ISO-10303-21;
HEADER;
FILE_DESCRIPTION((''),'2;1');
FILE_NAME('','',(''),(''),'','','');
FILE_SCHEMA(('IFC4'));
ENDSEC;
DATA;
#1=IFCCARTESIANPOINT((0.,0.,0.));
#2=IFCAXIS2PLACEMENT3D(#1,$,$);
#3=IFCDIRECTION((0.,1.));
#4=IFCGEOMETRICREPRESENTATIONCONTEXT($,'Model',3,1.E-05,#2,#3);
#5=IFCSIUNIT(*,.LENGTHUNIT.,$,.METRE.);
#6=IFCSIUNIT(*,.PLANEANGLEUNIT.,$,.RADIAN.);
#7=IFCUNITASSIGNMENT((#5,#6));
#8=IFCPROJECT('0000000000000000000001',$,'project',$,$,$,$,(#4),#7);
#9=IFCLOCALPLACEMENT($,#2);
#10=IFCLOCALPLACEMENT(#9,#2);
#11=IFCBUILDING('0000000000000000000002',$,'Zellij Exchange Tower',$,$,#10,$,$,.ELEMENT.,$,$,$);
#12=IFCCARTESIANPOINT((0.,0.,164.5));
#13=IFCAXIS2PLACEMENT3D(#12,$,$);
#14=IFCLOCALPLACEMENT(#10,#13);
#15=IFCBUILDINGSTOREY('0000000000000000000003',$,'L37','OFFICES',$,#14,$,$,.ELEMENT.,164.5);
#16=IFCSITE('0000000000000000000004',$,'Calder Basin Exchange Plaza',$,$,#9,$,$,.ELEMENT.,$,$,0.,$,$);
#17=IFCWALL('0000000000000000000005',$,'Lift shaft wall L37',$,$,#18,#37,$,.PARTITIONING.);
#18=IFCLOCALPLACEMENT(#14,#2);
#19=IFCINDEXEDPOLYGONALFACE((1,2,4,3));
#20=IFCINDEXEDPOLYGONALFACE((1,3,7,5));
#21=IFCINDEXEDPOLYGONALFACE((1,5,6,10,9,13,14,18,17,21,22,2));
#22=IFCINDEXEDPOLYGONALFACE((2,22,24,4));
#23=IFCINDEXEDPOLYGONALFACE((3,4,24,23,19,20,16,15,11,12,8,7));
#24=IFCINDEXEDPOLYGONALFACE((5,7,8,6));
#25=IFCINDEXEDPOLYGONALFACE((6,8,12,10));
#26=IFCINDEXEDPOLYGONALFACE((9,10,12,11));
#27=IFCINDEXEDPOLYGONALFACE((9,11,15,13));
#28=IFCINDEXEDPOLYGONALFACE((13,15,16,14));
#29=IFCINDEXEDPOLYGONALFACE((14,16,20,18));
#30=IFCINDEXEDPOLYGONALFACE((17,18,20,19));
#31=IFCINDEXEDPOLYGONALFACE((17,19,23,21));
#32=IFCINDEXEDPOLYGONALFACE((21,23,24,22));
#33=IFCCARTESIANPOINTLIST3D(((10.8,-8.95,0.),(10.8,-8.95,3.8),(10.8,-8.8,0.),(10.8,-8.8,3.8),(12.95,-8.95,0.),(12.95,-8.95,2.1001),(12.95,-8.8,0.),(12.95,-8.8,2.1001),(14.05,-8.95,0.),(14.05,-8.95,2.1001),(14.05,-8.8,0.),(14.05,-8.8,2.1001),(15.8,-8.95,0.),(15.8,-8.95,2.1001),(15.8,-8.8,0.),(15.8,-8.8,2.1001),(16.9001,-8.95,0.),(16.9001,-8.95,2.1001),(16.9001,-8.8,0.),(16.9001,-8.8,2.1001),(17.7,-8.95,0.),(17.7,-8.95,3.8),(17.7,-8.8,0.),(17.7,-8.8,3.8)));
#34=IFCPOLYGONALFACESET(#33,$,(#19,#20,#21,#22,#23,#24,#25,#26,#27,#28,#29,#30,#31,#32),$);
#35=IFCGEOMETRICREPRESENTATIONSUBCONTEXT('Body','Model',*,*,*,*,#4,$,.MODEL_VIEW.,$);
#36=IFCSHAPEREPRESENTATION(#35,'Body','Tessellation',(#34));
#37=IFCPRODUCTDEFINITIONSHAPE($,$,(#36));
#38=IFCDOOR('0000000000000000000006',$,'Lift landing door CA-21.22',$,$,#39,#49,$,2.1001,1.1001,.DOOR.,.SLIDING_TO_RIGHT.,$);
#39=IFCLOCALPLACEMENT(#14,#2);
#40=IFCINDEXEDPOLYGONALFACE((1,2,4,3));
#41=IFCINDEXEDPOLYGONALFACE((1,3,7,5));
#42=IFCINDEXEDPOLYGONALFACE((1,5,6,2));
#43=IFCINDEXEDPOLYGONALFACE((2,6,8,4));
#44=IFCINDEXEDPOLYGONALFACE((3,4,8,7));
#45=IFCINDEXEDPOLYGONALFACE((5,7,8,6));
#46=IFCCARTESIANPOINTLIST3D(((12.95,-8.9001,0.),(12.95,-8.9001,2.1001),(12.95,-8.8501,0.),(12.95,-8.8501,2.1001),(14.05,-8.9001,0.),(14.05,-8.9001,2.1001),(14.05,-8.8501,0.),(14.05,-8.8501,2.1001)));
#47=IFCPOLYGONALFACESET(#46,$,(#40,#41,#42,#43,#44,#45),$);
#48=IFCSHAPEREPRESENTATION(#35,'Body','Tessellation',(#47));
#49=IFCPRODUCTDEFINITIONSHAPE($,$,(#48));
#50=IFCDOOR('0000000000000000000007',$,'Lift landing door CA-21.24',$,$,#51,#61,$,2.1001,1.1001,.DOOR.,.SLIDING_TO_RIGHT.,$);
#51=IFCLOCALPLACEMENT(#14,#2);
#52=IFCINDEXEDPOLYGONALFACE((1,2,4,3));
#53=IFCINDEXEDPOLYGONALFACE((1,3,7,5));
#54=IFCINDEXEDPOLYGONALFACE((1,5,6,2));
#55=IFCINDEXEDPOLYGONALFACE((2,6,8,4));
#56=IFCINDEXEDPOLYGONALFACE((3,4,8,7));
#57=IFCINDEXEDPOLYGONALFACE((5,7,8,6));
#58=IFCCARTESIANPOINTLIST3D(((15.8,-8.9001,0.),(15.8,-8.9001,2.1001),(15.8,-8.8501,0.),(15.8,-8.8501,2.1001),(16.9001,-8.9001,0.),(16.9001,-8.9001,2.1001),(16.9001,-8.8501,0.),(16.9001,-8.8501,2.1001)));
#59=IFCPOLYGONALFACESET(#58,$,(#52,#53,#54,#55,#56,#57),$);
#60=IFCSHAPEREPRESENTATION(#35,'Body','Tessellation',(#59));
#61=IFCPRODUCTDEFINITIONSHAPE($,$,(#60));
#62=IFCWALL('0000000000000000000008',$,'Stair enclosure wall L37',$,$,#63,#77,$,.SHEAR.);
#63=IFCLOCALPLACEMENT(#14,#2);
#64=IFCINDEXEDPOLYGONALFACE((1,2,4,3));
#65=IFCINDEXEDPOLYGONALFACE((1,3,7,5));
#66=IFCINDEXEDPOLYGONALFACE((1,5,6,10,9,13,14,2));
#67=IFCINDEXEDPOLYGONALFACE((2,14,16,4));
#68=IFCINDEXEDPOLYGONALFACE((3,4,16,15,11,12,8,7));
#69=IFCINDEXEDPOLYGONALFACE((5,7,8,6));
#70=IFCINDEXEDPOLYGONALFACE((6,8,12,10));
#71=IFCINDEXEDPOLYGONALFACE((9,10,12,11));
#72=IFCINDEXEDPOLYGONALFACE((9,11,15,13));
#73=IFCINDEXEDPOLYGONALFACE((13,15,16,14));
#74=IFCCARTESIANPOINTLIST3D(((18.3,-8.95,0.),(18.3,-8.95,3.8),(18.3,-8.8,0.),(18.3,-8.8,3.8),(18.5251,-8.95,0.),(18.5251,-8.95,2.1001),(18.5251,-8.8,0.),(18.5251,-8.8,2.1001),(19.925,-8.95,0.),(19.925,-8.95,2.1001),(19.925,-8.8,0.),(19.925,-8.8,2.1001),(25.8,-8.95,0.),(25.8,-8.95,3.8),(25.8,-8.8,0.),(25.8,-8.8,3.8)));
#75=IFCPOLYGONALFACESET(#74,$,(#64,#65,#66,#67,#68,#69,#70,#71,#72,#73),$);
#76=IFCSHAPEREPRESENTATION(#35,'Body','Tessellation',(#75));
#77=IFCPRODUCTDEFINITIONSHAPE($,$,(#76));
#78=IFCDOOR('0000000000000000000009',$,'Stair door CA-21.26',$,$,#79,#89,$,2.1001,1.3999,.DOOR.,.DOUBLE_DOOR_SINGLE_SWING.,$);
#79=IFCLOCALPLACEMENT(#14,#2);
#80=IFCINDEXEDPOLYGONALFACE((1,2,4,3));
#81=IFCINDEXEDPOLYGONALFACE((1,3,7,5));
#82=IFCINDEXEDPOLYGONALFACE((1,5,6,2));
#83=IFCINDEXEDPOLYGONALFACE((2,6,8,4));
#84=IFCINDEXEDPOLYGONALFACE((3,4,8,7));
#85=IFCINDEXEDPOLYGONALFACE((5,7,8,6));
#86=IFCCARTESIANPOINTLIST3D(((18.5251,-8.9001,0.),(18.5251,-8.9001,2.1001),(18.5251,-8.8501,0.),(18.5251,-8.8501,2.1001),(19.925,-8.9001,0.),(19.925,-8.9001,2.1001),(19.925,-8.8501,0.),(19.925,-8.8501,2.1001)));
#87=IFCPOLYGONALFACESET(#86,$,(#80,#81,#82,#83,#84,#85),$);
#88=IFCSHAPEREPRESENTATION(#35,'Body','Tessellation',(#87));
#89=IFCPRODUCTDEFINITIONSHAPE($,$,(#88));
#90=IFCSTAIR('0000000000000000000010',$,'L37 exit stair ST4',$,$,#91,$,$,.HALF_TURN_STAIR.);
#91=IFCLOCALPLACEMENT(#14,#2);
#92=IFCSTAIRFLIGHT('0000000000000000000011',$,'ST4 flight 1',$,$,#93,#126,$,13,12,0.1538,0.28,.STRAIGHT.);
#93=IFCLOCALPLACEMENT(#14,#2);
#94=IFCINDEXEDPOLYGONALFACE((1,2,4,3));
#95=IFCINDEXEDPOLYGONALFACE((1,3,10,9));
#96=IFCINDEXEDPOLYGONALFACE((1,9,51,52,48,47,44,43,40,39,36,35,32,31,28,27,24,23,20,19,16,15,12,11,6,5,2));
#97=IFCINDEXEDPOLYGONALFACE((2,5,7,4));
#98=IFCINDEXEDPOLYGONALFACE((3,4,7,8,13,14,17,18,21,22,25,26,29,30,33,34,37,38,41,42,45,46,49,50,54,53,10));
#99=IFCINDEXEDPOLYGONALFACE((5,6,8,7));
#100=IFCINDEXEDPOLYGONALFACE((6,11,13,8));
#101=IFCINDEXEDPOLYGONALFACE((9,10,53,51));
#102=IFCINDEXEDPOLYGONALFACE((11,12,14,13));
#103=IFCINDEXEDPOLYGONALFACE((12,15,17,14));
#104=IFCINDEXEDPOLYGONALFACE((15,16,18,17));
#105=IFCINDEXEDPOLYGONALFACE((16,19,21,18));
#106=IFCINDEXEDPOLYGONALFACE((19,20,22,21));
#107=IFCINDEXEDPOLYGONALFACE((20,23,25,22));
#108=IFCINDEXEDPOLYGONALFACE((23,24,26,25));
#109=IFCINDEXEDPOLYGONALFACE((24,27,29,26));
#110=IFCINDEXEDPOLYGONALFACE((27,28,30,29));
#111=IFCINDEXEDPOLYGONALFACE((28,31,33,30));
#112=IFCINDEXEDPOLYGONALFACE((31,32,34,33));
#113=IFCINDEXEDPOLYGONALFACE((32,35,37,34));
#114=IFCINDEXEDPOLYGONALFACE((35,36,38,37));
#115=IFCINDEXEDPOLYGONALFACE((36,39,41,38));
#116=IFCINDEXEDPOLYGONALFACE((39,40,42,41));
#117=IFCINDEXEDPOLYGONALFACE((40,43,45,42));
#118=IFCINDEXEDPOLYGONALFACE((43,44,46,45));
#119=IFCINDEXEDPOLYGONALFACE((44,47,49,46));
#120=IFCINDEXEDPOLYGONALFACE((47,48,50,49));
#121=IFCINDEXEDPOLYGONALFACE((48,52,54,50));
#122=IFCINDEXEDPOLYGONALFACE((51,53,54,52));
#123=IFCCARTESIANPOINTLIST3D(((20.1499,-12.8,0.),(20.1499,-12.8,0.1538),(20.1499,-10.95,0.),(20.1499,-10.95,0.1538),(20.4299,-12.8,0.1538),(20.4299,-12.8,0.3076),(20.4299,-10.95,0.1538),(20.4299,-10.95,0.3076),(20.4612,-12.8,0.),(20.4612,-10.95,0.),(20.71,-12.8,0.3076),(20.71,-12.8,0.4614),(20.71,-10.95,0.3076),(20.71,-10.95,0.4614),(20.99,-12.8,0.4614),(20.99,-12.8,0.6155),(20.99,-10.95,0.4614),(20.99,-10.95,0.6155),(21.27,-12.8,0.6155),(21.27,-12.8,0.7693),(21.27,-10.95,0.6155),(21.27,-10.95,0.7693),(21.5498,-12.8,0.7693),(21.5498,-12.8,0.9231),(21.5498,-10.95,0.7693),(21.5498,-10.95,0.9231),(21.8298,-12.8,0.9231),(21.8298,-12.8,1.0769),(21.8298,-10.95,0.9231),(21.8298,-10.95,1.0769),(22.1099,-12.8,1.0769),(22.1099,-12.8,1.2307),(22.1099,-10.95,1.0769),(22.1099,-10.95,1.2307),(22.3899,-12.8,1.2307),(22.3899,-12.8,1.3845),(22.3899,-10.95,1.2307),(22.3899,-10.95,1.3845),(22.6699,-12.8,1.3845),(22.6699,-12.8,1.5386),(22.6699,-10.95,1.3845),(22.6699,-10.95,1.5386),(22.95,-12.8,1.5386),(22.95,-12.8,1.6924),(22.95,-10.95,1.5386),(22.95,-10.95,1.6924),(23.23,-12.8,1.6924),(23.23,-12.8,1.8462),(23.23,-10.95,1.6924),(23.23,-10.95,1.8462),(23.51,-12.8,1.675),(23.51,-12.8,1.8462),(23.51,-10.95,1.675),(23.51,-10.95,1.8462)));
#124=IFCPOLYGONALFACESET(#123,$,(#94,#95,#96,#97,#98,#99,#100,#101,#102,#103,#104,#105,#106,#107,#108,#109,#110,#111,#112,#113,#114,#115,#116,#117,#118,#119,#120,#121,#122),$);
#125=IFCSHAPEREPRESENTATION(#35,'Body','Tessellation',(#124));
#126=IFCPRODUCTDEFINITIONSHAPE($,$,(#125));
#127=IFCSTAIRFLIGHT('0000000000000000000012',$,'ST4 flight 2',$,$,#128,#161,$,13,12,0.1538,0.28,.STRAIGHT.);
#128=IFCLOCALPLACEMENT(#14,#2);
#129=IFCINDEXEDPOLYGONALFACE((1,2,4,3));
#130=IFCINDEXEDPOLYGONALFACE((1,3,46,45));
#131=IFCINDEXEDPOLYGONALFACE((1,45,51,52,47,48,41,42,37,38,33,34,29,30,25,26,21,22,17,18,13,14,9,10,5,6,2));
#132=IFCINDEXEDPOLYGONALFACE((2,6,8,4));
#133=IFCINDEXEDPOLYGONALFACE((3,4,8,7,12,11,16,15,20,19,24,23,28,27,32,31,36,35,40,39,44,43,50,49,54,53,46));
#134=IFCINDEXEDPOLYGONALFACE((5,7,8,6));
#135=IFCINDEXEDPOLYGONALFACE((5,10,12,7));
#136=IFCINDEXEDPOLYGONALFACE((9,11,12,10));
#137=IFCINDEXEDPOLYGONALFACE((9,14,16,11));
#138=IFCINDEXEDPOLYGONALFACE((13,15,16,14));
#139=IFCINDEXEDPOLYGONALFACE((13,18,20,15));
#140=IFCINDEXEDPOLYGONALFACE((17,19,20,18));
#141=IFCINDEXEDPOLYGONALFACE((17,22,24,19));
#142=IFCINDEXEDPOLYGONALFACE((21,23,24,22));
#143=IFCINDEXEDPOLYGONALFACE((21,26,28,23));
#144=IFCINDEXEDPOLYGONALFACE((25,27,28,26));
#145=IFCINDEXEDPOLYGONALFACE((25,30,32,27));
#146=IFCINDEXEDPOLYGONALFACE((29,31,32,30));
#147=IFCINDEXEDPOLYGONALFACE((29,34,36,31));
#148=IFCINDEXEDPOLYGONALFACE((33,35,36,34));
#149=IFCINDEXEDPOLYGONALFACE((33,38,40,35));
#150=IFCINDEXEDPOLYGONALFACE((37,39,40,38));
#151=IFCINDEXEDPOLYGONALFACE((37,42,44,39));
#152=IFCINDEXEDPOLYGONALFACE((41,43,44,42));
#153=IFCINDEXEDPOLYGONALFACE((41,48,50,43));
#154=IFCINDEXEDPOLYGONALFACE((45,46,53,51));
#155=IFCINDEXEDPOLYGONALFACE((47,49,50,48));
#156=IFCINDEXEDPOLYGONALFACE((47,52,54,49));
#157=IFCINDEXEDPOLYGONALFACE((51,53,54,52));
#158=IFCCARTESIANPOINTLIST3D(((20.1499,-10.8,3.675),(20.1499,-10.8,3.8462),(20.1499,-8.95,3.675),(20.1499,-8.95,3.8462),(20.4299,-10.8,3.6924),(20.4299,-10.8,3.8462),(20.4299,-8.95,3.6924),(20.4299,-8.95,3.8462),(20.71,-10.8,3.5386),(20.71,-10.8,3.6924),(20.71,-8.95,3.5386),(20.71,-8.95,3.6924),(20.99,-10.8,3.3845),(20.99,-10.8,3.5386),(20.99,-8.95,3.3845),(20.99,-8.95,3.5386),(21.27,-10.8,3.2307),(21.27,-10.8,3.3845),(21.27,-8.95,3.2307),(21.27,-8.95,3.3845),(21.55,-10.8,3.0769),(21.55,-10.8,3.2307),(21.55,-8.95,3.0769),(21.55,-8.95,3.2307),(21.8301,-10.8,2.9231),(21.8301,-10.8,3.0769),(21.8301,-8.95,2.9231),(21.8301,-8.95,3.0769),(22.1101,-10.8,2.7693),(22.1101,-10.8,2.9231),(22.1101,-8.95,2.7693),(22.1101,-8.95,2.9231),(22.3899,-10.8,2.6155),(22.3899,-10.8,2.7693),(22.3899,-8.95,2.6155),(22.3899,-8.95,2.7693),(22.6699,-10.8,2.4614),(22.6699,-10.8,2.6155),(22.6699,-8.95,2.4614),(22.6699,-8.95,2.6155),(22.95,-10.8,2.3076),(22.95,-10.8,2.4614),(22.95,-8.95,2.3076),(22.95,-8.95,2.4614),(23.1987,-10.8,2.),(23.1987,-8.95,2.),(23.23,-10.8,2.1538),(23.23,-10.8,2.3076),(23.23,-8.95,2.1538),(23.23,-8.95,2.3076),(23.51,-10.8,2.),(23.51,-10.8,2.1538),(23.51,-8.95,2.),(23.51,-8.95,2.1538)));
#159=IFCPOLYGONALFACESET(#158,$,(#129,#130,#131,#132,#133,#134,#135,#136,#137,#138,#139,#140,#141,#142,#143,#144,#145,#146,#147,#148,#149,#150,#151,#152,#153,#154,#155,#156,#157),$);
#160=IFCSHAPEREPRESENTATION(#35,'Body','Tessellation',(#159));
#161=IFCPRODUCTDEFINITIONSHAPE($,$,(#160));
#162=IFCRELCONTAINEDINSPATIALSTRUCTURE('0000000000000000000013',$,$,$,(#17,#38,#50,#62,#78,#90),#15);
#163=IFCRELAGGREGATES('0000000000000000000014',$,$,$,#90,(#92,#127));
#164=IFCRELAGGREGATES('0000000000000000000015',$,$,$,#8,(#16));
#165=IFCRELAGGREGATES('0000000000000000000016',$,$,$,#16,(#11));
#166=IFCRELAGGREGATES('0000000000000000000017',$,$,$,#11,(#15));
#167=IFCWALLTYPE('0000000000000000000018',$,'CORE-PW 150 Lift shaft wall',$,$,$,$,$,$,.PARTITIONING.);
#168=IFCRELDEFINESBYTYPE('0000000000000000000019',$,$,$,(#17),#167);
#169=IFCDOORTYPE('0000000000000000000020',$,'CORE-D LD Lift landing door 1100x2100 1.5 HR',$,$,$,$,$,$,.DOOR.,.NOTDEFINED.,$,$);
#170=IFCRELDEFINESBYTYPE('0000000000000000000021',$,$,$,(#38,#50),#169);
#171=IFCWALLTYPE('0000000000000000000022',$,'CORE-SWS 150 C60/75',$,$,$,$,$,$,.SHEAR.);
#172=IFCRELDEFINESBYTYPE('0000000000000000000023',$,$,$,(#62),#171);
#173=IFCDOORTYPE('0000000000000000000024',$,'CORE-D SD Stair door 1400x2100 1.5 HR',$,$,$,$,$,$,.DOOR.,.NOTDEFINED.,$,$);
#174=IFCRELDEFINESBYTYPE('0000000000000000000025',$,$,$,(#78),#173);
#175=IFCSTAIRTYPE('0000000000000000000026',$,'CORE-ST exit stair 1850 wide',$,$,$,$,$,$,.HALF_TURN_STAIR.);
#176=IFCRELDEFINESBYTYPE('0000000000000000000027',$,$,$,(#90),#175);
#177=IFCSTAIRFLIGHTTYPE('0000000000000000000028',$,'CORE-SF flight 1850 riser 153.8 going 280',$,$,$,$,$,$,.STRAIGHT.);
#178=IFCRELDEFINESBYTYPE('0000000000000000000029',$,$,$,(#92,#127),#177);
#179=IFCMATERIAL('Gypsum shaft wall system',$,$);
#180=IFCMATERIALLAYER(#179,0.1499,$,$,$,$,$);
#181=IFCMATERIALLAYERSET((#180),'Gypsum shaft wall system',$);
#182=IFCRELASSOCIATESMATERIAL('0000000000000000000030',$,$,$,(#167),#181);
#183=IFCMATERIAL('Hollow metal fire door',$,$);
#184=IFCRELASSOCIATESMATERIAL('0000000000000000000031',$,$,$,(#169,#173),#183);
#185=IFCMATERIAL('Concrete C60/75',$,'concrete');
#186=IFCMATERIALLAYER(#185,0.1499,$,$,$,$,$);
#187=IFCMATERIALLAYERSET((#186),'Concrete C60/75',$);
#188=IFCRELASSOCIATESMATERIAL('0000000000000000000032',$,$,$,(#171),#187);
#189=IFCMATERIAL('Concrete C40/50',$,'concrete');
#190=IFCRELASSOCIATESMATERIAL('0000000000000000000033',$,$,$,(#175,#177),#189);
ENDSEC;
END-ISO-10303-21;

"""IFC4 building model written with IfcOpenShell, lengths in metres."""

from ifc_helpers import new_model, si_unit, direction, frame, frame_2d, origin, place, context, subcontext, project, spatial, polyline, rectangle, outline, extrude, material, layer, layer_set, type_object, element, fill, aggregate, save


model = new_model("IFC4")

# Units and contexts
model_context = context("Model", 3, precision=1e-05, world=origin(), true_north=direction((0.0, 1.0)))
body_context = subcontext(model_context, "Body", "Model", "MODEL_VIEW")
ifc_project = project(units=[si_unit("LENGTHUNIT", "METRE"), si_unit("PLANEANGLEUNIT", "RADIAN")], contexts=[model_context])

# Site, building, storey
site_placement = place(None, origin())
site = spatial("IfcSite", under=ifc_project, at=site_placement, Name="Calder Basin Exchange Plaza", CompositionType="ELEMENT", RefElevation=0.0)
building_placement = place(site_placement, origin())
building = spatial("IfcBuilding", under=site, at=building_placement, Name="Zellij Exchange Tower", CompositionType="ELEMENT")
storey_placement = place(building_placement, frame((0.0, 0.0, 164.5)))
storey = spatial("IfcBuildingStorey", under=building, at=storey_placement, Name="L37", Description="OFFICES", CompositionType="ELEMENT", Elevation=164.5)

# Shared definitions
ifc_material_1 = material(Name="Concrete C60/75", Category="concrete")
ifc_material_2 = material(Name="Gypsum shaft wall system")
ifc_layer_1 = layer(ifc_material_2, 0.1499)
ifc_layer_set_1 = layer_set([ifc_layer_1], Name="Gypsum shaft wall system")
wall_type_1 = type_object("IfcWallType", Name="CORE-PW 150 Lift shaft wall", PredefinedType="PARTITIONING", material=ifc_layer_set_1)

# Wall, openings, doors
ifc_material_3 = material(Name="Hollow metal fire door")
door_type_1 = type_object("IfcDoorType", Name="CORE-D LD Lift landing door 1100x2100 1.5 HR", OperationType="NOTDEFINED", PredefinedType="DOOR", material=ifc_material_3)
wall_1_placement = place(storey_placement, frame((10.8, -8.875, 0.0), z_axis=(0.0, 0.0, 1.0), x_axis=(1.0, 0.0, 0.0)))
wall_1 = element("IfcWall", 1, at=wall_1_placement, inside=storey, type_object=wall_type_1, Name="Lift shaft wall L37", PredefinedType="PARTITIONING", context=body_context, shape_type="SweptSolid", body=[
    extrude(rectangle(XDim=6.8999, YDim=0.1499, at=frame_2d((3.45, 0.0))), origin(), (0.0, 0.0, 1.0), 3.8),
])
opening_1_placement = place(wall_1_placement, frame((2.1499, 0.0, 0.0)))
opening_1 = element("IfcOpeningElement", 2, at=opening_1_placement, cuts=wall_1, PredefinedType="OPENING", context=body_context, shape_type="SweptSolid", body=[
    extrude(rectangle(XDim=1.1001, YDim=2.1001, at=frame_2d((0.55, 1.05))), frame((0.0, 0.0869, 0.0), z_axis=(0.0, -1.0, 0.0), x_axis=(1.0, 0.0, 0.0)), (0.0, 0.0, 1.0), 0.1738),
])
opening_2_placement = place(wall_1_placement, frame((5.0, 0.0, 0.0)))
opening_2 = element("IfcOpeningElement", 3, at=opening_2_placement, cuts=wall_1, PredefinedType="OPENING", context=body_context, shape_type="SweptSolid", body=[
    extrude(rectangle(XDim=1.1001, YDim=2.1001, at=frame_2d((0.55, 1.05))), frame((0.0, 0.0869, 0.0), z_axis=(0.0, -1.0, 0.0), x_axis=(1.0, 0.0, 0.0)), (0.0, 0.0, 1.0), 0.1738),
])
door_1_placement = place(opening_1_placement, origin())
door_1 = element("IfcDoor", 4, at=door_1_placement, inside=storey, type_object=door_type_1, Name="Lift landing door CA-21.22", OperationType="SLIDING_TO_RIGHT", OverallHeight=2.1001, OverallWidth=1.1001, PredefinedType="DOOR", context=body_context, shape_type="SweptSolid", body=[
    extrude(rectangle(XDim=1.1001, YDim=2.1001, at=frame_2d((0.55, 1.05))), frame((0.0, 0.0249, 0.0), z_axis=(0.0, -1.0, 0.0), x_axis=(1.0, 0.0, 0.0)), (0.0, 0.0, 1.0), 0.05),
])
fill(opening_1, door_1)
door_2_placement = place(opening_2_placement, origin())
door_2 = element("IfcDoor", 5, at=door_2_placement, inside=storey, type_object=door_type_1, Name="Lift landing door CA-21.24", OperationType="SLIDING_TO_RIGHT", OverallHeight=2.1001, OverallWidth=1.1001, PredefinedType="DOOR", context=body_context, shape_type="SweptSolid", body=[
    extrude(rectangle(XDim=1.1001, YDim=2.1001, at=frame_2d((0.55, 1.05))), frame((0.0, 0.0249, 0.0), z_axis=(0.0, -1.0, 0.0), x_axis=(1.0, 0.0, 0.0)), (0.0, 0.0, 1.0), 0.05),
])
fill(opening_2, door_2)

# Wall, opening, door
ifc_layer_2 = layer(ifc_material_1, 0.1499)
ifc_layer_set_2 = layer_set([ifc_layer_2], Name="Concrete C60/75")
wall_type_2 = type_object("IfcWallType", Name="CORE-SWS 150 C60/75", PredefinedType="SHEAR", material=ifc_layer_set_2)
wall_2_placement = place(storey_placement, frame((18.3, -8.875, 0.0), z_axis=(0.0, 0.0, 1.0), x_axis=(1.0, 0.0, 0.0)))
wall_2 = element("IfcWall", 6, at=wall_2_placement, inside=storey, type_object=wall_type_2, Name="Stair enclosure wall L37", PredefinedType="SHEAR", context=body_context, shape_type="SweptSolid", body=[
    extrude(rectangle(XDim=7.5, YDim=0.1499, at=frame_2d((3.75, 0.0))), origin(), (0.0, 0.0, 1.0), 3.8),
])
opening_3_placement = place(wall_2_placement, frame((0.2251, 0.0, 0.0)))
opening_3 = element("IfcOpeningElement", 7, at=opening_3_placement, cuts=wall_2, PredefinedType="OPENING", context=body_context, shape_type="SweptSolid", body=[
    extrude(rectangle(XDim=1.3999, YDim=2.1001, at=frame_2d((0.7, 1.05))), frame((0.0, 0.0869, 0.0), z_axis=(0.0, -1.0, 0.0), x_axis=(1.0, 0.0, 0.0)), (0.0, 0.0, 1.0), 0.1738),
])
door_type_2 = type_object("IfcDoorType", Name="CORE-D SD Stair door 1400x2100 1.5 HR", OperationType="NOTDEFINED", PredefinedType="DOOR", material=ifc_material_3)
door_3_placement = place(opening_3_placement, origin())
door_3 = element("IfcDoor", 8, at=door_3_placement, inside=storey, type_object=door_type_2, Name="Stair door CA-21.26", OperationType="DOUBLE_DOOR_SINGLE_SWING", OverallHeight=2.1001, OverallWidth=1.3999, PredefinedType="DOOR", context=body_context, shape_type="SweptSolid", body=[
    extrude(rectangle(XDim=1.3999, YDim=2.1001, at=frame_2d((0.7, 1.05))), frame((0.0, 0.0249, 0.0), z_axis=(0.0, -1.0, 0.0), x_axis=(1.0, 0.0, 0.0)), (0.0, 0.0, 1.0), 0.05),
])
fill(opening_3, door_3)

# Stair, stair flights
ifc_material_4 = material(Name="Concrete C40/50", Category="concrete")
stair_type = type_object("IfcStairType", Name="CORE-ST exit stair 1850 wide", PredefinedType="HALF_TURN_STAIR", material=ifc_material_4)
stair_placement = place(storey_placement, origin())
stair = element("IfcStair", 9, at=stair_placement, inside=storey, type_object=stair_type, Name="L37 exit stair ST4", PredefinedType="HALF_TURN_STAIR")
stair_flight_type = type_object("IfcStairFlightType", Name="CORE-SF flight 1850 riser 153.8 going 280", PredefinedType="STRAIGHT", material=ifc_material_4)
stair_flight_1_placement = place(storey_placement, frame((20.1499, -11.875, 0.0), z_axis=(0.0, 0.0, 1.0), x_axis=(1.0, 0.0, 0.0)))
stair_flight_1 = element("IfcStairFlight", 10, at=stair_flight_1_placement, type_object=stair_flight_type, Name="ST4 flight 1", NumberOfRisers=13, NumberOfTreads=12, PredefinedType="STRAIGHT", RiserHeight=0.1538, TreadLength=0.28, context=body_context, shape_type="SweptSolid", body=[
    extrude(outline(polyline([(0.0, 0.0), (0.0, 0.1538), (0.28, 0.1538), (0.28, 0.3076), (0.5601, 0.3076), (0.5601, 0.4614), (0.8401, 0.4614), (0.8401, 0.6155), (1.1201, 0.6155), (1.1201, 0.7693), (1.3999, 0.7693), (1.3999, 0.9231), (1.6799, 0.9231), (1.6799, 1.0769), (1.96, 1.0769), (1.96, 1.2307), (2.24, 1.2307), (2.24, 1.3845), (2.52, 1.3845), (2.52, 1.5386), (2.8, 1.5386), (2.8, 1.6924), (3.0801, 1.6924), (3.0801, 1.8462), (3.3601, 1.8462), (3.3601, 2.0), (3.3601, 1.675), (0.3113, 0.0), (0.0, 0.0)])), frame((0.0, 0.925, 0.0), z_axis=(0.0, -1.0, 0.0), x_axis=(1.0, 0.0, 0.0)), (0.0, 0.0, 1.0), 1.8501),
])
stair_flight_2_placement = place(storey_placement, frame((23.51, -9.875, 2.0), z_axis=(0.0, 0.0, 1.0), x_axis=(-1.0, 0.0, 0.0)))
stair_flight_2 = element("IfcStairFlight", 11, at=stair_flight_2_placement, type_object=stair_flight_type, Name="ST4 flight 2", NumberOfRisers=13, NumberOfTreads=12, PredefinedType="STRAIGHT", RiserHeight=0.1538, TreadLength=0.28, context=body_context, shape_type="SweptSolid", body=[
    extrude(outline(polyline([(0.0, 0.0), (0.0, 0.1538), (0.28, 0.1538), (0.28, 0.3076), (0.5601, 0.3076), (0.5601, 0.4614), (0.8401, 0.4614), (0.8401, 0.6155), (1.1201, 0.6155), (1.1201, 0.7693), (1.3999, 0.7693), (1.3999, 0.9231), (1.6799, 0.9231), (1.6799, 1.0769), (1.96, 1.0769), (1.96, 1.2307), (2.24, 1.2307), (2.24, 1.3845), (2.52, 1.3845), (2.52, 1.5386), (2.8, 1.5386), (2.8, 1.6924), (3.0801, 1.6924), (3.0801, 1.8462), (3.3601, 1.8462), (3.3601, 2.0), (3.3601, 1.675), (0.3113, 0.0), (0.0, 0.0)])), frame((0.0, 0.925, 0.0), z_axis=(0.0, -1.0, 0.0), x_axis=(1.0, 0.0, 0.0)), (0.0, 0.0, 1.0), 1.8501),
])
aggregate(stair, [stair_flight_1, stair_flight_2])

save(model, "model.ifc")
